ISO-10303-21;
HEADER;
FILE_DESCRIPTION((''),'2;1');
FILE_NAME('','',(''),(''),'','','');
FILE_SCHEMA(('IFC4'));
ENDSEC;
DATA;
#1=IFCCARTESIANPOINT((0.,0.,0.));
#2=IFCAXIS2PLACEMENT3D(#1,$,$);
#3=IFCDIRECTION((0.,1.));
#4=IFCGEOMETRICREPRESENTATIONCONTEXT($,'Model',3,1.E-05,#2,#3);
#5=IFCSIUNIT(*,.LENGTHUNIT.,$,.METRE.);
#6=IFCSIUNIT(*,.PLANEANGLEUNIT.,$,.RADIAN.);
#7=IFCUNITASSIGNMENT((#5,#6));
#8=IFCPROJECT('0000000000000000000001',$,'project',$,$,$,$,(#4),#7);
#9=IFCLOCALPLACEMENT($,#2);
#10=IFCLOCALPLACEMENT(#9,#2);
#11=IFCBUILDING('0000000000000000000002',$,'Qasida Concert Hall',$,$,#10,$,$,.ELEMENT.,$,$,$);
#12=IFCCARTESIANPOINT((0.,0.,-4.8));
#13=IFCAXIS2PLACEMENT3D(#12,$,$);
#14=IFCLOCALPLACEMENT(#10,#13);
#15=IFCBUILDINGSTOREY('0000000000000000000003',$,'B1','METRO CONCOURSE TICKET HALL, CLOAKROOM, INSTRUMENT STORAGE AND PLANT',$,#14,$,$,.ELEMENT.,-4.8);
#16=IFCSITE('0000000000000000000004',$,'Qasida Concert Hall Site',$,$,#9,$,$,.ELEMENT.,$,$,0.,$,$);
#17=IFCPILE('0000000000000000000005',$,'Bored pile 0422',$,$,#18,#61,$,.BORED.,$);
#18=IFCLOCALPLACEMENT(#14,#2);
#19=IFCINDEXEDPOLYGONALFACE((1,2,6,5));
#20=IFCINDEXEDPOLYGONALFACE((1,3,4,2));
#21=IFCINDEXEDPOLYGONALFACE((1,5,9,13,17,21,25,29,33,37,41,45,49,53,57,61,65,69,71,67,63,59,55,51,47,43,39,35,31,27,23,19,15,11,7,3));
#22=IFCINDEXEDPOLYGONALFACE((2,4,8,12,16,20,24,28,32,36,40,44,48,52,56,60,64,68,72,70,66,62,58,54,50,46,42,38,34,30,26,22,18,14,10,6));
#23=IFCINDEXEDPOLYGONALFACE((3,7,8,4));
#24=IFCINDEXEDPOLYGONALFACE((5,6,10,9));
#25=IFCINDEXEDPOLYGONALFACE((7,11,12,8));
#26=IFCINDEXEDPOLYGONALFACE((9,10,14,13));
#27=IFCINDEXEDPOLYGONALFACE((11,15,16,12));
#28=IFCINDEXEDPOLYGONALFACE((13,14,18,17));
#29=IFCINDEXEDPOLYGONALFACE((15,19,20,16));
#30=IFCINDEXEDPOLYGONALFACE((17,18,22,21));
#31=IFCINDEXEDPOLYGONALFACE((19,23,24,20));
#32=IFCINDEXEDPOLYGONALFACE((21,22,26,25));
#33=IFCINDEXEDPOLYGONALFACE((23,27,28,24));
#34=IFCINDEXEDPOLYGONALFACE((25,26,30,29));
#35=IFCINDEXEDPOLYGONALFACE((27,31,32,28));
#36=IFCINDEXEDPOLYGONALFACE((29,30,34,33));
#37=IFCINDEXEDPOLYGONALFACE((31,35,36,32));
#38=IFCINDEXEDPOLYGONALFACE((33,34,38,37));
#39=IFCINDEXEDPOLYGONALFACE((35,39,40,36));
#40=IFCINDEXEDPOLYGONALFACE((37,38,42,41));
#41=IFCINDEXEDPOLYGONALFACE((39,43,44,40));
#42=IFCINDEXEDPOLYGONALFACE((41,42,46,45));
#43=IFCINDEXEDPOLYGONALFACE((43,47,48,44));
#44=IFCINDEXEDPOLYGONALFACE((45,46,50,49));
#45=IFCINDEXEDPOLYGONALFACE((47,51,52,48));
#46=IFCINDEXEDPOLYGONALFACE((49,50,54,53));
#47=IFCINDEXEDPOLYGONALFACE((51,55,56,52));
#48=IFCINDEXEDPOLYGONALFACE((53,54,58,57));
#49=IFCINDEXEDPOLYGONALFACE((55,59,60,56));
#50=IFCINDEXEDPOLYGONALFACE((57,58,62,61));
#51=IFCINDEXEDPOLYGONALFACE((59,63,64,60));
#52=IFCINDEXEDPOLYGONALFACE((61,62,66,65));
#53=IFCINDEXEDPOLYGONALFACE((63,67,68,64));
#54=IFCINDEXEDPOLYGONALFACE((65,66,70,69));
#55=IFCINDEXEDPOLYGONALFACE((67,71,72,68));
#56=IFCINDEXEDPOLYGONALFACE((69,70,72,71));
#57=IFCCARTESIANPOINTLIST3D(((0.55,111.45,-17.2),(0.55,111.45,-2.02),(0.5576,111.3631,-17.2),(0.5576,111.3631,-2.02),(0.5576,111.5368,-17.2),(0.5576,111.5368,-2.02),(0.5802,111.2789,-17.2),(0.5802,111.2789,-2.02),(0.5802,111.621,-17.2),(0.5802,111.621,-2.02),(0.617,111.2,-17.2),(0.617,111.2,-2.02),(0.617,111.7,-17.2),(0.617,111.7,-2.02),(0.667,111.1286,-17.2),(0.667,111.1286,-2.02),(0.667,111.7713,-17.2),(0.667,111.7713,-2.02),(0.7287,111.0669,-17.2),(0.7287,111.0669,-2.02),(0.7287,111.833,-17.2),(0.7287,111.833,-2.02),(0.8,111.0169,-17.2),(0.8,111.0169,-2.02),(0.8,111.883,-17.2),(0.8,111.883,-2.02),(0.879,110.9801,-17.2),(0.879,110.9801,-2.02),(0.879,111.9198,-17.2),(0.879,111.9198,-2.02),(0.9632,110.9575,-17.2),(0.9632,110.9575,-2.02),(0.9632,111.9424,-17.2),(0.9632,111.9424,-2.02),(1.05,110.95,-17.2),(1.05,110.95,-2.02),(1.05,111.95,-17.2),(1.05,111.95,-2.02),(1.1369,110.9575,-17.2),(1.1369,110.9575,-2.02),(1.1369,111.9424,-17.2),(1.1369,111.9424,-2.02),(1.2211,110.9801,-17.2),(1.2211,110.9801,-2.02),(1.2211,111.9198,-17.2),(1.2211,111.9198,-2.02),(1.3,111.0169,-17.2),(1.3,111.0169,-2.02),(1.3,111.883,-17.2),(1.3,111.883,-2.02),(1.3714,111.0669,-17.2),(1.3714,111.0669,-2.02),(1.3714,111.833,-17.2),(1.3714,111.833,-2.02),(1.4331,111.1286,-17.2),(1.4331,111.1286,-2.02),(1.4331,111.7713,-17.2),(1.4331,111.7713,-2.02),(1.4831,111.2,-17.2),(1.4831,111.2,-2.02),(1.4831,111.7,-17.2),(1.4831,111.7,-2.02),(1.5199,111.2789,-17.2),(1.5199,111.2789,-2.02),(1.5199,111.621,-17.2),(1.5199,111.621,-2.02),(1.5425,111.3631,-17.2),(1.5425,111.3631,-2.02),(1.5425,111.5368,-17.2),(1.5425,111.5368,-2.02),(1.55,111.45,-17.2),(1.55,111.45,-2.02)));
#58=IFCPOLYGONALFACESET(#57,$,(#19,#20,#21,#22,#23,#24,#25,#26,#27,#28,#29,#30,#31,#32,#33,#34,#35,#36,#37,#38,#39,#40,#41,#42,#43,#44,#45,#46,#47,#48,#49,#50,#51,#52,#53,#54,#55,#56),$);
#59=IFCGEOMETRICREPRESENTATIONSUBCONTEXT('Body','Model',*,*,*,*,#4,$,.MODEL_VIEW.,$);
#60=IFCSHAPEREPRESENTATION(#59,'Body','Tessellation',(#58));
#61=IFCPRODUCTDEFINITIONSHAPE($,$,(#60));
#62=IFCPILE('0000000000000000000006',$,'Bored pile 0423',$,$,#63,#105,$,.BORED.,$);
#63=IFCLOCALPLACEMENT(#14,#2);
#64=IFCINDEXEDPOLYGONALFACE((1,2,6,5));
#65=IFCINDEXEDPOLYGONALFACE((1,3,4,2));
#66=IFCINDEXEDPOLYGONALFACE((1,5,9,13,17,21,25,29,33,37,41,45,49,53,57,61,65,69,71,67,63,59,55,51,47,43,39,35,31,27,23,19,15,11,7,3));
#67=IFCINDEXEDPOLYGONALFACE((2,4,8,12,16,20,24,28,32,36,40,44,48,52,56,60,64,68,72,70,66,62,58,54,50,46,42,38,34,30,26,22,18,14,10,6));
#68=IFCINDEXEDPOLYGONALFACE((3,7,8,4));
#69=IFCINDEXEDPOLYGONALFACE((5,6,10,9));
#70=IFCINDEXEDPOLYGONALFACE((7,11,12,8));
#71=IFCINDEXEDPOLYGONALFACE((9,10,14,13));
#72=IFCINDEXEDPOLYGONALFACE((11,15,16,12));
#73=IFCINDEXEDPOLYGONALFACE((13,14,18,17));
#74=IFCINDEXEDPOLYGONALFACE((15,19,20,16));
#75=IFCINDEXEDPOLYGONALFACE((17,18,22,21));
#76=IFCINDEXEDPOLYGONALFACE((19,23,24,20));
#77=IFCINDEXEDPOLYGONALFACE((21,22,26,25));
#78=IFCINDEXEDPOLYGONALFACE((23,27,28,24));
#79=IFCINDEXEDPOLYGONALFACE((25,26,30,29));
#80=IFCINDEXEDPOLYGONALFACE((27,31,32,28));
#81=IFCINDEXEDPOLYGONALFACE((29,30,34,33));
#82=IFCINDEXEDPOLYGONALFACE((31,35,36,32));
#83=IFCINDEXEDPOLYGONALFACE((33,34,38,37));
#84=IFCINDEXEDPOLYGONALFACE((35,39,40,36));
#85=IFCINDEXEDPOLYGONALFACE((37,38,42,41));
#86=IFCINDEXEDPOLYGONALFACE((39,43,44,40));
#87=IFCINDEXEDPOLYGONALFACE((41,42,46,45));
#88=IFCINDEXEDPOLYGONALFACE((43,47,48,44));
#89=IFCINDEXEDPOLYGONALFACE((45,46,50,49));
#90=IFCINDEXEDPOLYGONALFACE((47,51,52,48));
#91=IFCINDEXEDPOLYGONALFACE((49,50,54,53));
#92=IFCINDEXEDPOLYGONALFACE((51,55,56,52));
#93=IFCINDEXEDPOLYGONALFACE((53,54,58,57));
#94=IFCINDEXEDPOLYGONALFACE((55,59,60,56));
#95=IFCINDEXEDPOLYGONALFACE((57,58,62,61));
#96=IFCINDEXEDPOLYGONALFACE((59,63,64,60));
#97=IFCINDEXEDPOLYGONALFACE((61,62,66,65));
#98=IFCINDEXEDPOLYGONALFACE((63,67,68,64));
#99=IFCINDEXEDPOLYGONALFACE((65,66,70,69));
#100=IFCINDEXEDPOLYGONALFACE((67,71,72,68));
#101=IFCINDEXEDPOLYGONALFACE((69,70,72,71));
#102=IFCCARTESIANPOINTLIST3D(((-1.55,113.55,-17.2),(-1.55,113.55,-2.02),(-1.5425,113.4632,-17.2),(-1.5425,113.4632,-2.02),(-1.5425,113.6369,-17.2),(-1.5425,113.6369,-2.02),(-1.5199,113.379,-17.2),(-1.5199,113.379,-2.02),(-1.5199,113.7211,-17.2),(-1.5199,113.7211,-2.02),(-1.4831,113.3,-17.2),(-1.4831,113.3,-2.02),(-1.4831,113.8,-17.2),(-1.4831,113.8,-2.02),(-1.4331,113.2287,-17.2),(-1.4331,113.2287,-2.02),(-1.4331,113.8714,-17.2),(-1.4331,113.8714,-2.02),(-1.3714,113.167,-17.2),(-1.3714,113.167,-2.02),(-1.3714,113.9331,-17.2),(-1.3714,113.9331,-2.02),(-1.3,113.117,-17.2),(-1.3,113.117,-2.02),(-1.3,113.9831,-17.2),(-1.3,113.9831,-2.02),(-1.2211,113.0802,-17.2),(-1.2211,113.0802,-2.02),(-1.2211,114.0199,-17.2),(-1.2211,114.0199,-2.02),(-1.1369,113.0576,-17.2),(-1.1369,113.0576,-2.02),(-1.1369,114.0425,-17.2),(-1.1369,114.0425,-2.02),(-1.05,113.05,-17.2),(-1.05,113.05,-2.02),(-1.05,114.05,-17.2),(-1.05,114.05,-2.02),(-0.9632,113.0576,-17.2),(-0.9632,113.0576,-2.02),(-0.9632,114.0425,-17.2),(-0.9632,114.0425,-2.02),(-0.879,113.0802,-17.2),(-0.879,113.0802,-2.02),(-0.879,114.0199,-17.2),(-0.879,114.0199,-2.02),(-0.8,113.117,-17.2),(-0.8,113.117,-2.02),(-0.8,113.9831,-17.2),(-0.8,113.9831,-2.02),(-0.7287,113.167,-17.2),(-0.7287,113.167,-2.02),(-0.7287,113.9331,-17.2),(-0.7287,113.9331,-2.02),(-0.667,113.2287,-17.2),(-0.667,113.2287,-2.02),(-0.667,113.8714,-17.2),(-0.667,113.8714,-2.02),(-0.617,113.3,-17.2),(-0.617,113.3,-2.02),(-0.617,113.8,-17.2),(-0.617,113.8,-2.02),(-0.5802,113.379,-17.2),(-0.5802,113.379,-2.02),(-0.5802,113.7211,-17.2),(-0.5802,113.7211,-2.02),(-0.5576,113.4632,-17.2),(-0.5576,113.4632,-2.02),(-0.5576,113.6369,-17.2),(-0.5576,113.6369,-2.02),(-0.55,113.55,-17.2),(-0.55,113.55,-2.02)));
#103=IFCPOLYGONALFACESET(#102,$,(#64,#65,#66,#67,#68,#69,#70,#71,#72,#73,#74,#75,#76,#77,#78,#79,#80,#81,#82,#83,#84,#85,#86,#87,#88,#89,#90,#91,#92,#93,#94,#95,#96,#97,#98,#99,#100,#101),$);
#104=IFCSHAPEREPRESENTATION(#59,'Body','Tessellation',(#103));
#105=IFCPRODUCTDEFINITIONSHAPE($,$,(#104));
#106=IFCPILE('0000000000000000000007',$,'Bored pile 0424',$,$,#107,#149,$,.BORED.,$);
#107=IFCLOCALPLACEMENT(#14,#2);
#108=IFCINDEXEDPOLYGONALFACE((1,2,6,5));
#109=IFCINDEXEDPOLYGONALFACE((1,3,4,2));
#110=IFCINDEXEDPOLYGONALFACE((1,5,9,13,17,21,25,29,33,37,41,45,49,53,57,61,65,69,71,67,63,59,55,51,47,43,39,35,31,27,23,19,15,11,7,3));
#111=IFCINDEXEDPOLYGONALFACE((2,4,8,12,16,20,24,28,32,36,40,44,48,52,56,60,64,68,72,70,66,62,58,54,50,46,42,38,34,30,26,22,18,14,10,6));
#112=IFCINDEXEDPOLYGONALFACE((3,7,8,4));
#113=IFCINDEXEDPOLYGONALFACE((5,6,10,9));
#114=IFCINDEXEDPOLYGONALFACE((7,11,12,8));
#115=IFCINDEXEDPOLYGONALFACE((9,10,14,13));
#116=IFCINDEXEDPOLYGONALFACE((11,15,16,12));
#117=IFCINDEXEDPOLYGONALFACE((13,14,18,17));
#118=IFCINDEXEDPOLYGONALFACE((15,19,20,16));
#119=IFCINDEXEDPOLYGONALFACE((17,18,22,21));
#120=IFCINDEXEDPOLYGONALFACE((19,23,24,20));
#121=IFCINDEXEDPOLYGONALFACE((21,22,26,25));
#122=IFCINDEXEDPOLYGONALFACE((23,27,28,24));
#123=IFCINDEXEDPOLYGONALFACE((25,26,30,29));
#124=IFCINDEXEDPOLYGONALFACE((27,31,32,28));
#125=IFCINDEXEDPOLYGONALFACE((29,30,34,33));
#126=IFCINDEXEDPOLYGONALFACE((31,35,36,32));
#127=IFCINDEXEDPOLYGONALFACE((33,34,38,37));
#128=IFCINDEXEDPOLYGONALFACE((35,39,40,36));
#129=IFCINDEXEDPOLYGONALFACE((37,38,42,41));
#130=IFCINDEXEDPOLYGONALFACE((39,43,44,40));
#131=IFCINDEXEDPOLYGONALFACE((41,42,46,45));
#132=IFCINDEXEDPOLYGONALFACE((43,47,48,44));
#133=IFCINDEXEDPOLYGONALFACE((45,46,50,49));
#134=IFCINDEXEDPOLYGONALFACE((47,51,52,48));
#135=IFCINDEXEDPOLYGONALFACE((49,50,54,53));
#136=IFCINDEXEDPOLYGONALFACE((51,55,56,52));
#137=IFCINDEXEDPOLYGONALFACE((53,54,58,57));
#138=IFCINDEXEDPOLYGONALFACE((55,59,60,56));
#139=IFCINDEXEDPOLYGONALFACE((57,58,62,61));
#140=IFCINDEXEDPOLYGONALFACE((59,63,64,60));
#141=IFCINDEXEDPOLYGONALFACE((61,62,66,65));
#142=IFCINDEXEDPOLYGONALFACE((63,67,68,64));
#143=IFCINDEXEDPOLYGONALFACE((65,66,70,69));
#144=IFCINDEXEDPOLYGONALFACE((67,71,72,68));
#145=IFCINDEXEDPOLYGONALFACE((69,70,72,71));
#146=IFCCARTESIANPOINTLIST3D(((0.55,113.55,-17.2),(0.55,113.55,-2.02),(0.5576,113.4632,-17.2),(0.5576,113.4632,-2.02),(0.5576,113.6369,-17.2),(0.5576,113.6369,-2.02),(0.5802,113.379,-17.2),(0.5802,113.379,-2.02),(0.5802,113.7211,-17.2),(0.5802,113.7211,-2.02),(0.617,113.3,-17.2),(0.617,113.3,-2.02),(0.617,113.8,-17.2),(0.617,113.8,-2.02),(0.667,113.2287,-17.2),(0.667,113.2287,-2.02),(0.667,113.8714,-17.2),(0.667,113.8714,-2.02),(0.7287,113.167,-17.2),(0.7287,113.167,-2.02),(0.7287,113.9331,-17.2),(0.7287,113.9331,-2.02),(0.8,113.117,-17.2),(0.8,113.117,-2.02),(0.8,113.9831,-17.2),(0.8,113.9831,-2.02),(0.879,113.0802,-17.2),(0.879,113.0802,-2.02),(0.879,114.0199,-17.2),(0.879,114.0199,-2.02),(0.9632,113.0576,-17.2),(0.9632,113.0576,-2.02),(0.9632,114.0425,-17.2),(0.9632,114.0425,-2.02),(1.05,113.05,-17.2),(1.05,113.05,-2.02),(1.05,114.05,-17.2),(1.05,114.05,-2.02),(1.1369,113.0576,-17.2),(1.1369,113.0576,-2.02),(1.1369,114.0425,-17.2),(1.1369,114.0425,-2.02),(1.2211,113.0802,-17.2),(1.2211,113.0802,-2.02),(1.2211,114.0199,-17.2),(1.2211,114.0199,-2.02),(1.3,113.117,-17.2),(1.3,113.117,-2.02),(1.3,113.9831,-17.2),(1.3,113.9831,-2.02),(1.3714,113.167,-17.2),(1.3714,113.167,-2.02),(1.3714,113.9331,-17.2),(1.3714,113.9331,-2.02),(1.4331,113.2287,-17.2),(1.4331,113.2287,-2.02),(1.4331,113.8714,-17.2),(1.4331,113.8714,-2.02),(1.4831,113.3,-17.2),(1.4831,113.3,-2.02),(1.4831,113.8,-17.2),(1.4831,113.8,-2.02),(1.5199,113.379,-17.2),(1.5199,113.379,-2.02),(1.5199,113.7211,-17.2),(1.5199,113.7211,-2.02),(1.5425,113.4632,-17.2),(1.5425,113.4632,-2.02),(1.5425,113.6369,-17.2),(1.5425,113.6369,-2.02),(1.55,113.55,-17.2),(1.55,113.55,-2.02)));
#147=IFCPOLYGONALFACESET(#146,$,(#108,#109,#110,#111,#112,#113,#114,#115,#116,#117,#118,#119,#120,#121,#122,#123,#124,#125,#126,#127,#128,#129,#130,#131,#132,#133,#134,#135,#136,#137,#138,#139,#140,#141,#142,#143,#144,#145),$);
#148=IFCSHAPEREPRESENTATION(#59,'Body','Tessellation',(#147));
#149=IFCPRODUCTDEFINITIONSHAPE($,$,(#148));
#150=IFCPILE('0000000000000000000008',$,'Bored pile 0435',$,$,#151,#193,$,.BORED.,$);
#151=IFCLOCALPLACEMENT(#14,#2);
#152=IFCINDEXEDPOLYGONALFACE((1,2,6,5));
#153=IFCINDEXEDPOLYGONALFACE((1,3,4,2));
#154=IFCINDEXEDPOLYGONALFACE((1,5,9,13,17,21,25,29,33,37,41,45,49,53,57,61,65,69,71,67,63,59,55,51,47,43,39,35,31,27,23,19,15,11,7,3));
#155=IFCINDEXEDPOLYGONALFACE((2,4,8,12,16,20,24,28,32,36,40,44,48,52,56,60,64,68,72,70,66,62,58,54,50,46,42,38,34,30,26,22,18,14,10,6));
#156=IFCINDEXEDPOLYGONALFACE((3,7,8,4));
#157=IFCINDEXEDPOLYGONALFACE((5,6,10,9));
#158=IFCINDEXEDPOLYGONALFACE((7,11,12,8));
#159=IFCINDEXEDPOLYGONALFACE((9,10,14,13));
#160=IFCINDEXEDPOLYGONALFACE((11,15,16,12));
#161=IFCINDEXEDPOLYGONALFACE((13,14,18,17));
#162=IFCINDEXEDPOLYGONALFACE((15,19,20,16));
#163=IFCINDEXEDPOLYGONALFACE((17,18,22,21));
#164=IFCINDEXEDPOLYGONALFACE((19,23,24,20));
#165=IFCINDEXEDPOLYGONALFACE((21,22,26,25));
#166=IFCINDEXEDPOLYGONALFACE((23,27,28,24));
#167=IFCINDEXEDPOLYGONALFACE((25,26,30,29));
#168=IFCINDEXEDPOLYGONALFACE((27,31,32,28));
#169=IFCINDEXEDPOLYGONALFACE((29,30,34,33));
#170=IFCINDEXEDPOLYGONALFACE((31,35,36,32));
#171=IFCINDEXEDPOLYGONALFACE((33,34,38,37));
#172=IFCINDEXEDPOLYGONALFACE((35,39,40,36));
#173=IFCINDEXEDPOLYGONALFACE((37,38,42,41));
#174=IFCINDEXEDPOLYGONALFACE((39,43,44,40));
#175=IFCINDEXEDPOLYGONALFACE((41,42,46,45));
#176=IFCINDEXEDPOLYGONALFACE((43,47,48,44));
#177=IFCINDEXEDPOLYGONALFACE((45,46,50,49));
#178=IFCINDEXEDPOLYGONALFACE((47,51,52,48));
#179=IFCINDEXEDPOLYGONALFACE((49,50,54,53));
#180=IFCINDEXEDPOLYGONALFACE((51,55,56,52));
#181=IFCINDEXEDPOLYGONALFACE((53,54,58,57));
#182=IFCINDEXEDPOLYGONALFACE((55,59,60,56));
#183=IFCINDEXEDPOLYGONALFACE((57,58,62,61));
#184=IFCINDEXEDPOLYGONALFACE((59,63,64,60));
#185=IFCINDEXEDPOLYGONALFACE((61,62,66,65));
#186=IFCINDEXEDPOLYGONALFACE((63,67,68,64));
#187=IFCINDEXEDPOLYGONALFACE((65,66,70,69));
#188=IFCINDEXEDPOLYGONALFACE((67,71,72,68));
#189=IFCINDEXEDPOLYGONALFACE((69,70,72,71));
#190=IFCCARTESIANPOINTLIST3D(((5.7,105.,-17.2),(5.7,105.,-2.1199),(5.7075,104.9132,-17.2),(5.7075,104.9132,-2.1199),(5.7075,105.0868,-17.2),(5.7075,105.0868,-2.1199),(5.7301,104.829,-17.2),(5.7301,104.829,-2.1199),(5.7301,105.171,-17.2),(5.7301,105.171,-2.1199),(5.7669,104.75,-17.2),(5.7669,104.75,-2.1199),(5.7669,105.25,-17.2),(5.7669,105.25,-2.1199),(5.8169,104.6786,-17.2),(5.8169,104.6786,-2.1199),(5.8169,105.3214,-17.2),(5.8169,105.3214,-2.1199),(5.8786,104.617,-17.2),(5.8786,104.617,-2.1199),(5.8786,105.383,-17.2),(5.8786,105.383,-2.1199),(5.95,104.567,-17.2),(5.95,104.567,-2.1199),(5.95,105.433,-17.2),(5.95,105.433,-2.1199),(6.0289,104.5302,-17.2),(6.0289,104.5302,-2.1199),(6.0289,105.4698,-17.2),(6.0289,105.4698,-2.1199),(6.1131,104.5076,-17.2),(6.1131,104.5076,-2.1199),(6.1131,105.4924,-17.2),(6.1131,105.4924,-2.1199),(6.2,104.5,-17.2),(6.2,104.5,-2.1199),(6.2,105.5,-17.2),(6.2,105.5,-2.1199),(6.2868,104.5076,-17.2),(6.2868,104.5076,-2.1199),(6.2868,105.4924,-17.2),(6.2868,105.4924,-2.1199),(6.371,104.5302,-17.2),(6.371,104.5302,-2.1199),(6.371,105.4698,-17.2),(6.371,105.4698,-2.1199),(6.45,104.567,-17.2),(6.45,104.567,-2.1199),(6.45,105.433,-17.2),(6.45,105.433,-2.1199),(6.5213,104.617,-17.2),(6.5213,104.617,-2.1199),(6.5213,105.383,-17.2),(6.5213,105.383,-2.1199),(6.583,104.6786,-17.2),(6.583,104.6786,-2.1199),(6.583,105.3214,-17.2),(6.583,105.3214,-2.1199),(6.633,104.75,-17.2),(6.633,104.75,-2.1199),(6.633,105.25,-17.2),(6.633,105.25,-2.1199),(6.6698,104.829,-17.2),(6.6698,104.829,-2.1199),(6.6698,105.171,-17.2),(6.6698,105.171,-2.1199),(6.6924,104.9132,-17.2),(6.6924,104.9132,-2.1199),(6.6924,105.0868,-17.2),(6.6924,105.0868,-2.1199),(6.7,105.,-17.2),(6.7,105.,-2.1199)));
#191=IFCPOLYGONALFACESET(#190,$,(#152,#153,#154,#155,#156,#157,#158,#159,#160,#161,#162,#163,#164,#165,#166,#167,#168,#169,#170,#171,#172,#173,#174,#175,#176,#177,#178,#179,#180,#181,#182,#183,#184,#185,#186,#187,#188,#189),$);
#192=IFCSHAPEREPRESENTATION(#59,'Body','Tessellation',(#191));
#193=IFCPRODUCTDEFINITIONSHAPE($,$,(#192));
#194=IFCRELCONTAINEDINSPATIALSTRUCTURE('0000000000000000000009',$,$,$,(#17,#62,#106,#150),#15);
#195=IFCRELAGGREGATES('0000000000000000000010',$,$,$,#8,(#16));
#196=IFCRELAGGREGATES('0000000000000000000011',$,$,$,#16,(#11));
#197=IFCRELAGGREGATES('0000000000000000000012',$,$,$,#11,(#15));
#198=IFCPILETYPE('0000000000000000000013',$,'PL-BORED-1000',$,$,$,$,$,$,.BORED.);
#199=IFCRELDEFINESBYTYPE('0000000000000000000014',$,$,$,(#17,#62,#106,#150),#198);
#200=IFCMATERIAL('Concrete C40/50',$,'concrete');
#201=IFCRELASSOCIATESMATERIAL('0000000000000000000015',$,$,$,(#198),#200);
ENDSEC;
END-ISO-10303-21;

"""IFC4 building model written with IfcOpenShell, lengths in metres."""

from ifc_helpers import new_model, si_unit, direction, frame, origin, origin_2d, place, context, subcontext, project, spatial, circle, extrude, material, material_profile, profile_set, type_object, element, save


model = new_model("IFC4")

# Units and contexts
model_context = context("Model", 3, precision=1e-05, world=origin(), true_north=direction((0.0, 1.0)))
body_context = subcontext(model_context, "Body", "Model", "MODEL_VIEW")
ifc_project = project(units=[si_unit("LENGTHUNIT", "METRE"), si_unit("PLANEANGLEUNIT", "RADIAN")], contexts=[model_context])

# Site, building, storey
site_placement = place(None, origin())
site = spatial("IfcSite", under=ifc_project, at=site_placement, Name="Qasida Concert Hall Site", CompositionType="ELEMENT", RefElevation=0.0)
building_placement = place(site_placement, origin())
building = spatial("IfcBuilding", under=site, at=building_placement, Name="Qasida Concert Hall", CompositionType="ELEMENT")
storey_placement = place(building_placement, frame((0.0, 0.0, -4.8)))
storey = spatial("IfcBuildingStorey", under=building, at=storey_placement, Name="B1", Description="METRO CONCOURSE TICKET HALL, CLOAKROOM, INSTRUMENT STORAGE AND PLANT", CompositionType="ELEMENT", Elevation=-4.8)

# Shared definitions
ifc_material_1 = material(Name="Concrete C40/50", Category="concrete")

# Piles
ifc_material_profile_1 = material_profile(ifc_material_1, circle(Radius=0.5, at=origin_2d()), Name="BORED PILE D1000")
ifc_profile_set_1 = profile_set([ifc_material_profile_1], Name="Concrete C40/50")
pile_type = type_object("IfcPileType", Name="PL-BORED-1000", PredefinedType="BORED", material=ifc_profile_set_1)
for number, where, z_axis, x_axis, name in (
    (1, (1.05, 111.45, -2.02), (0.0, 0.0, -1.0), (1.0, 0.0, 0.0), "Bored pile 0422"),
    (2, (-1.05, 113.55, -2.02), (0.0, 0.0, -1.0), (1.0, 0.0, 0.0), "Bored pile 0423"),
    (3, (1.05, 113.55, -2.02), (0.0, 0.0, -1.0), (1.0, 0.0, 0.0), "Bored pile 0424"),
):
    element("IfcPile", number, at=place(storey_placement, frame(where, z_axis=z_axis, x_axis=x_axis)), inside=storey, type_object=pile_type, Name=name, PredefinedType="BORED", context=body_context, shape_type="SweptSolid", body=[
        extrude(circle(Radius=0.5, at=origin_2d()), origin(), (0.0, 0.0, 1.0), 15.1799),
    ])
for number, where, z_axis, x_axis, name in (
    (4, (6.2, 105.0, -2.1199), (0.0, 0.0, -1.0), (1.0, 0.0, 0.0), "Bored pile 0435"),
):
    element("IfcPile", number, at=place(storey_placement, frame(where, z_axis=z_axis, x_axis=x_axis)), inside=storey, type_object=pile_type, Name=name, PredefinedType="BORED", context=body_context, shape_type="SweptSolid", body=[
        extrude(circle(Radius=0.5, at=origin_2d()), origin(), (0.0, 0.0, 1.0), 15.0801),
    ])

save(model, "model.ifc")
